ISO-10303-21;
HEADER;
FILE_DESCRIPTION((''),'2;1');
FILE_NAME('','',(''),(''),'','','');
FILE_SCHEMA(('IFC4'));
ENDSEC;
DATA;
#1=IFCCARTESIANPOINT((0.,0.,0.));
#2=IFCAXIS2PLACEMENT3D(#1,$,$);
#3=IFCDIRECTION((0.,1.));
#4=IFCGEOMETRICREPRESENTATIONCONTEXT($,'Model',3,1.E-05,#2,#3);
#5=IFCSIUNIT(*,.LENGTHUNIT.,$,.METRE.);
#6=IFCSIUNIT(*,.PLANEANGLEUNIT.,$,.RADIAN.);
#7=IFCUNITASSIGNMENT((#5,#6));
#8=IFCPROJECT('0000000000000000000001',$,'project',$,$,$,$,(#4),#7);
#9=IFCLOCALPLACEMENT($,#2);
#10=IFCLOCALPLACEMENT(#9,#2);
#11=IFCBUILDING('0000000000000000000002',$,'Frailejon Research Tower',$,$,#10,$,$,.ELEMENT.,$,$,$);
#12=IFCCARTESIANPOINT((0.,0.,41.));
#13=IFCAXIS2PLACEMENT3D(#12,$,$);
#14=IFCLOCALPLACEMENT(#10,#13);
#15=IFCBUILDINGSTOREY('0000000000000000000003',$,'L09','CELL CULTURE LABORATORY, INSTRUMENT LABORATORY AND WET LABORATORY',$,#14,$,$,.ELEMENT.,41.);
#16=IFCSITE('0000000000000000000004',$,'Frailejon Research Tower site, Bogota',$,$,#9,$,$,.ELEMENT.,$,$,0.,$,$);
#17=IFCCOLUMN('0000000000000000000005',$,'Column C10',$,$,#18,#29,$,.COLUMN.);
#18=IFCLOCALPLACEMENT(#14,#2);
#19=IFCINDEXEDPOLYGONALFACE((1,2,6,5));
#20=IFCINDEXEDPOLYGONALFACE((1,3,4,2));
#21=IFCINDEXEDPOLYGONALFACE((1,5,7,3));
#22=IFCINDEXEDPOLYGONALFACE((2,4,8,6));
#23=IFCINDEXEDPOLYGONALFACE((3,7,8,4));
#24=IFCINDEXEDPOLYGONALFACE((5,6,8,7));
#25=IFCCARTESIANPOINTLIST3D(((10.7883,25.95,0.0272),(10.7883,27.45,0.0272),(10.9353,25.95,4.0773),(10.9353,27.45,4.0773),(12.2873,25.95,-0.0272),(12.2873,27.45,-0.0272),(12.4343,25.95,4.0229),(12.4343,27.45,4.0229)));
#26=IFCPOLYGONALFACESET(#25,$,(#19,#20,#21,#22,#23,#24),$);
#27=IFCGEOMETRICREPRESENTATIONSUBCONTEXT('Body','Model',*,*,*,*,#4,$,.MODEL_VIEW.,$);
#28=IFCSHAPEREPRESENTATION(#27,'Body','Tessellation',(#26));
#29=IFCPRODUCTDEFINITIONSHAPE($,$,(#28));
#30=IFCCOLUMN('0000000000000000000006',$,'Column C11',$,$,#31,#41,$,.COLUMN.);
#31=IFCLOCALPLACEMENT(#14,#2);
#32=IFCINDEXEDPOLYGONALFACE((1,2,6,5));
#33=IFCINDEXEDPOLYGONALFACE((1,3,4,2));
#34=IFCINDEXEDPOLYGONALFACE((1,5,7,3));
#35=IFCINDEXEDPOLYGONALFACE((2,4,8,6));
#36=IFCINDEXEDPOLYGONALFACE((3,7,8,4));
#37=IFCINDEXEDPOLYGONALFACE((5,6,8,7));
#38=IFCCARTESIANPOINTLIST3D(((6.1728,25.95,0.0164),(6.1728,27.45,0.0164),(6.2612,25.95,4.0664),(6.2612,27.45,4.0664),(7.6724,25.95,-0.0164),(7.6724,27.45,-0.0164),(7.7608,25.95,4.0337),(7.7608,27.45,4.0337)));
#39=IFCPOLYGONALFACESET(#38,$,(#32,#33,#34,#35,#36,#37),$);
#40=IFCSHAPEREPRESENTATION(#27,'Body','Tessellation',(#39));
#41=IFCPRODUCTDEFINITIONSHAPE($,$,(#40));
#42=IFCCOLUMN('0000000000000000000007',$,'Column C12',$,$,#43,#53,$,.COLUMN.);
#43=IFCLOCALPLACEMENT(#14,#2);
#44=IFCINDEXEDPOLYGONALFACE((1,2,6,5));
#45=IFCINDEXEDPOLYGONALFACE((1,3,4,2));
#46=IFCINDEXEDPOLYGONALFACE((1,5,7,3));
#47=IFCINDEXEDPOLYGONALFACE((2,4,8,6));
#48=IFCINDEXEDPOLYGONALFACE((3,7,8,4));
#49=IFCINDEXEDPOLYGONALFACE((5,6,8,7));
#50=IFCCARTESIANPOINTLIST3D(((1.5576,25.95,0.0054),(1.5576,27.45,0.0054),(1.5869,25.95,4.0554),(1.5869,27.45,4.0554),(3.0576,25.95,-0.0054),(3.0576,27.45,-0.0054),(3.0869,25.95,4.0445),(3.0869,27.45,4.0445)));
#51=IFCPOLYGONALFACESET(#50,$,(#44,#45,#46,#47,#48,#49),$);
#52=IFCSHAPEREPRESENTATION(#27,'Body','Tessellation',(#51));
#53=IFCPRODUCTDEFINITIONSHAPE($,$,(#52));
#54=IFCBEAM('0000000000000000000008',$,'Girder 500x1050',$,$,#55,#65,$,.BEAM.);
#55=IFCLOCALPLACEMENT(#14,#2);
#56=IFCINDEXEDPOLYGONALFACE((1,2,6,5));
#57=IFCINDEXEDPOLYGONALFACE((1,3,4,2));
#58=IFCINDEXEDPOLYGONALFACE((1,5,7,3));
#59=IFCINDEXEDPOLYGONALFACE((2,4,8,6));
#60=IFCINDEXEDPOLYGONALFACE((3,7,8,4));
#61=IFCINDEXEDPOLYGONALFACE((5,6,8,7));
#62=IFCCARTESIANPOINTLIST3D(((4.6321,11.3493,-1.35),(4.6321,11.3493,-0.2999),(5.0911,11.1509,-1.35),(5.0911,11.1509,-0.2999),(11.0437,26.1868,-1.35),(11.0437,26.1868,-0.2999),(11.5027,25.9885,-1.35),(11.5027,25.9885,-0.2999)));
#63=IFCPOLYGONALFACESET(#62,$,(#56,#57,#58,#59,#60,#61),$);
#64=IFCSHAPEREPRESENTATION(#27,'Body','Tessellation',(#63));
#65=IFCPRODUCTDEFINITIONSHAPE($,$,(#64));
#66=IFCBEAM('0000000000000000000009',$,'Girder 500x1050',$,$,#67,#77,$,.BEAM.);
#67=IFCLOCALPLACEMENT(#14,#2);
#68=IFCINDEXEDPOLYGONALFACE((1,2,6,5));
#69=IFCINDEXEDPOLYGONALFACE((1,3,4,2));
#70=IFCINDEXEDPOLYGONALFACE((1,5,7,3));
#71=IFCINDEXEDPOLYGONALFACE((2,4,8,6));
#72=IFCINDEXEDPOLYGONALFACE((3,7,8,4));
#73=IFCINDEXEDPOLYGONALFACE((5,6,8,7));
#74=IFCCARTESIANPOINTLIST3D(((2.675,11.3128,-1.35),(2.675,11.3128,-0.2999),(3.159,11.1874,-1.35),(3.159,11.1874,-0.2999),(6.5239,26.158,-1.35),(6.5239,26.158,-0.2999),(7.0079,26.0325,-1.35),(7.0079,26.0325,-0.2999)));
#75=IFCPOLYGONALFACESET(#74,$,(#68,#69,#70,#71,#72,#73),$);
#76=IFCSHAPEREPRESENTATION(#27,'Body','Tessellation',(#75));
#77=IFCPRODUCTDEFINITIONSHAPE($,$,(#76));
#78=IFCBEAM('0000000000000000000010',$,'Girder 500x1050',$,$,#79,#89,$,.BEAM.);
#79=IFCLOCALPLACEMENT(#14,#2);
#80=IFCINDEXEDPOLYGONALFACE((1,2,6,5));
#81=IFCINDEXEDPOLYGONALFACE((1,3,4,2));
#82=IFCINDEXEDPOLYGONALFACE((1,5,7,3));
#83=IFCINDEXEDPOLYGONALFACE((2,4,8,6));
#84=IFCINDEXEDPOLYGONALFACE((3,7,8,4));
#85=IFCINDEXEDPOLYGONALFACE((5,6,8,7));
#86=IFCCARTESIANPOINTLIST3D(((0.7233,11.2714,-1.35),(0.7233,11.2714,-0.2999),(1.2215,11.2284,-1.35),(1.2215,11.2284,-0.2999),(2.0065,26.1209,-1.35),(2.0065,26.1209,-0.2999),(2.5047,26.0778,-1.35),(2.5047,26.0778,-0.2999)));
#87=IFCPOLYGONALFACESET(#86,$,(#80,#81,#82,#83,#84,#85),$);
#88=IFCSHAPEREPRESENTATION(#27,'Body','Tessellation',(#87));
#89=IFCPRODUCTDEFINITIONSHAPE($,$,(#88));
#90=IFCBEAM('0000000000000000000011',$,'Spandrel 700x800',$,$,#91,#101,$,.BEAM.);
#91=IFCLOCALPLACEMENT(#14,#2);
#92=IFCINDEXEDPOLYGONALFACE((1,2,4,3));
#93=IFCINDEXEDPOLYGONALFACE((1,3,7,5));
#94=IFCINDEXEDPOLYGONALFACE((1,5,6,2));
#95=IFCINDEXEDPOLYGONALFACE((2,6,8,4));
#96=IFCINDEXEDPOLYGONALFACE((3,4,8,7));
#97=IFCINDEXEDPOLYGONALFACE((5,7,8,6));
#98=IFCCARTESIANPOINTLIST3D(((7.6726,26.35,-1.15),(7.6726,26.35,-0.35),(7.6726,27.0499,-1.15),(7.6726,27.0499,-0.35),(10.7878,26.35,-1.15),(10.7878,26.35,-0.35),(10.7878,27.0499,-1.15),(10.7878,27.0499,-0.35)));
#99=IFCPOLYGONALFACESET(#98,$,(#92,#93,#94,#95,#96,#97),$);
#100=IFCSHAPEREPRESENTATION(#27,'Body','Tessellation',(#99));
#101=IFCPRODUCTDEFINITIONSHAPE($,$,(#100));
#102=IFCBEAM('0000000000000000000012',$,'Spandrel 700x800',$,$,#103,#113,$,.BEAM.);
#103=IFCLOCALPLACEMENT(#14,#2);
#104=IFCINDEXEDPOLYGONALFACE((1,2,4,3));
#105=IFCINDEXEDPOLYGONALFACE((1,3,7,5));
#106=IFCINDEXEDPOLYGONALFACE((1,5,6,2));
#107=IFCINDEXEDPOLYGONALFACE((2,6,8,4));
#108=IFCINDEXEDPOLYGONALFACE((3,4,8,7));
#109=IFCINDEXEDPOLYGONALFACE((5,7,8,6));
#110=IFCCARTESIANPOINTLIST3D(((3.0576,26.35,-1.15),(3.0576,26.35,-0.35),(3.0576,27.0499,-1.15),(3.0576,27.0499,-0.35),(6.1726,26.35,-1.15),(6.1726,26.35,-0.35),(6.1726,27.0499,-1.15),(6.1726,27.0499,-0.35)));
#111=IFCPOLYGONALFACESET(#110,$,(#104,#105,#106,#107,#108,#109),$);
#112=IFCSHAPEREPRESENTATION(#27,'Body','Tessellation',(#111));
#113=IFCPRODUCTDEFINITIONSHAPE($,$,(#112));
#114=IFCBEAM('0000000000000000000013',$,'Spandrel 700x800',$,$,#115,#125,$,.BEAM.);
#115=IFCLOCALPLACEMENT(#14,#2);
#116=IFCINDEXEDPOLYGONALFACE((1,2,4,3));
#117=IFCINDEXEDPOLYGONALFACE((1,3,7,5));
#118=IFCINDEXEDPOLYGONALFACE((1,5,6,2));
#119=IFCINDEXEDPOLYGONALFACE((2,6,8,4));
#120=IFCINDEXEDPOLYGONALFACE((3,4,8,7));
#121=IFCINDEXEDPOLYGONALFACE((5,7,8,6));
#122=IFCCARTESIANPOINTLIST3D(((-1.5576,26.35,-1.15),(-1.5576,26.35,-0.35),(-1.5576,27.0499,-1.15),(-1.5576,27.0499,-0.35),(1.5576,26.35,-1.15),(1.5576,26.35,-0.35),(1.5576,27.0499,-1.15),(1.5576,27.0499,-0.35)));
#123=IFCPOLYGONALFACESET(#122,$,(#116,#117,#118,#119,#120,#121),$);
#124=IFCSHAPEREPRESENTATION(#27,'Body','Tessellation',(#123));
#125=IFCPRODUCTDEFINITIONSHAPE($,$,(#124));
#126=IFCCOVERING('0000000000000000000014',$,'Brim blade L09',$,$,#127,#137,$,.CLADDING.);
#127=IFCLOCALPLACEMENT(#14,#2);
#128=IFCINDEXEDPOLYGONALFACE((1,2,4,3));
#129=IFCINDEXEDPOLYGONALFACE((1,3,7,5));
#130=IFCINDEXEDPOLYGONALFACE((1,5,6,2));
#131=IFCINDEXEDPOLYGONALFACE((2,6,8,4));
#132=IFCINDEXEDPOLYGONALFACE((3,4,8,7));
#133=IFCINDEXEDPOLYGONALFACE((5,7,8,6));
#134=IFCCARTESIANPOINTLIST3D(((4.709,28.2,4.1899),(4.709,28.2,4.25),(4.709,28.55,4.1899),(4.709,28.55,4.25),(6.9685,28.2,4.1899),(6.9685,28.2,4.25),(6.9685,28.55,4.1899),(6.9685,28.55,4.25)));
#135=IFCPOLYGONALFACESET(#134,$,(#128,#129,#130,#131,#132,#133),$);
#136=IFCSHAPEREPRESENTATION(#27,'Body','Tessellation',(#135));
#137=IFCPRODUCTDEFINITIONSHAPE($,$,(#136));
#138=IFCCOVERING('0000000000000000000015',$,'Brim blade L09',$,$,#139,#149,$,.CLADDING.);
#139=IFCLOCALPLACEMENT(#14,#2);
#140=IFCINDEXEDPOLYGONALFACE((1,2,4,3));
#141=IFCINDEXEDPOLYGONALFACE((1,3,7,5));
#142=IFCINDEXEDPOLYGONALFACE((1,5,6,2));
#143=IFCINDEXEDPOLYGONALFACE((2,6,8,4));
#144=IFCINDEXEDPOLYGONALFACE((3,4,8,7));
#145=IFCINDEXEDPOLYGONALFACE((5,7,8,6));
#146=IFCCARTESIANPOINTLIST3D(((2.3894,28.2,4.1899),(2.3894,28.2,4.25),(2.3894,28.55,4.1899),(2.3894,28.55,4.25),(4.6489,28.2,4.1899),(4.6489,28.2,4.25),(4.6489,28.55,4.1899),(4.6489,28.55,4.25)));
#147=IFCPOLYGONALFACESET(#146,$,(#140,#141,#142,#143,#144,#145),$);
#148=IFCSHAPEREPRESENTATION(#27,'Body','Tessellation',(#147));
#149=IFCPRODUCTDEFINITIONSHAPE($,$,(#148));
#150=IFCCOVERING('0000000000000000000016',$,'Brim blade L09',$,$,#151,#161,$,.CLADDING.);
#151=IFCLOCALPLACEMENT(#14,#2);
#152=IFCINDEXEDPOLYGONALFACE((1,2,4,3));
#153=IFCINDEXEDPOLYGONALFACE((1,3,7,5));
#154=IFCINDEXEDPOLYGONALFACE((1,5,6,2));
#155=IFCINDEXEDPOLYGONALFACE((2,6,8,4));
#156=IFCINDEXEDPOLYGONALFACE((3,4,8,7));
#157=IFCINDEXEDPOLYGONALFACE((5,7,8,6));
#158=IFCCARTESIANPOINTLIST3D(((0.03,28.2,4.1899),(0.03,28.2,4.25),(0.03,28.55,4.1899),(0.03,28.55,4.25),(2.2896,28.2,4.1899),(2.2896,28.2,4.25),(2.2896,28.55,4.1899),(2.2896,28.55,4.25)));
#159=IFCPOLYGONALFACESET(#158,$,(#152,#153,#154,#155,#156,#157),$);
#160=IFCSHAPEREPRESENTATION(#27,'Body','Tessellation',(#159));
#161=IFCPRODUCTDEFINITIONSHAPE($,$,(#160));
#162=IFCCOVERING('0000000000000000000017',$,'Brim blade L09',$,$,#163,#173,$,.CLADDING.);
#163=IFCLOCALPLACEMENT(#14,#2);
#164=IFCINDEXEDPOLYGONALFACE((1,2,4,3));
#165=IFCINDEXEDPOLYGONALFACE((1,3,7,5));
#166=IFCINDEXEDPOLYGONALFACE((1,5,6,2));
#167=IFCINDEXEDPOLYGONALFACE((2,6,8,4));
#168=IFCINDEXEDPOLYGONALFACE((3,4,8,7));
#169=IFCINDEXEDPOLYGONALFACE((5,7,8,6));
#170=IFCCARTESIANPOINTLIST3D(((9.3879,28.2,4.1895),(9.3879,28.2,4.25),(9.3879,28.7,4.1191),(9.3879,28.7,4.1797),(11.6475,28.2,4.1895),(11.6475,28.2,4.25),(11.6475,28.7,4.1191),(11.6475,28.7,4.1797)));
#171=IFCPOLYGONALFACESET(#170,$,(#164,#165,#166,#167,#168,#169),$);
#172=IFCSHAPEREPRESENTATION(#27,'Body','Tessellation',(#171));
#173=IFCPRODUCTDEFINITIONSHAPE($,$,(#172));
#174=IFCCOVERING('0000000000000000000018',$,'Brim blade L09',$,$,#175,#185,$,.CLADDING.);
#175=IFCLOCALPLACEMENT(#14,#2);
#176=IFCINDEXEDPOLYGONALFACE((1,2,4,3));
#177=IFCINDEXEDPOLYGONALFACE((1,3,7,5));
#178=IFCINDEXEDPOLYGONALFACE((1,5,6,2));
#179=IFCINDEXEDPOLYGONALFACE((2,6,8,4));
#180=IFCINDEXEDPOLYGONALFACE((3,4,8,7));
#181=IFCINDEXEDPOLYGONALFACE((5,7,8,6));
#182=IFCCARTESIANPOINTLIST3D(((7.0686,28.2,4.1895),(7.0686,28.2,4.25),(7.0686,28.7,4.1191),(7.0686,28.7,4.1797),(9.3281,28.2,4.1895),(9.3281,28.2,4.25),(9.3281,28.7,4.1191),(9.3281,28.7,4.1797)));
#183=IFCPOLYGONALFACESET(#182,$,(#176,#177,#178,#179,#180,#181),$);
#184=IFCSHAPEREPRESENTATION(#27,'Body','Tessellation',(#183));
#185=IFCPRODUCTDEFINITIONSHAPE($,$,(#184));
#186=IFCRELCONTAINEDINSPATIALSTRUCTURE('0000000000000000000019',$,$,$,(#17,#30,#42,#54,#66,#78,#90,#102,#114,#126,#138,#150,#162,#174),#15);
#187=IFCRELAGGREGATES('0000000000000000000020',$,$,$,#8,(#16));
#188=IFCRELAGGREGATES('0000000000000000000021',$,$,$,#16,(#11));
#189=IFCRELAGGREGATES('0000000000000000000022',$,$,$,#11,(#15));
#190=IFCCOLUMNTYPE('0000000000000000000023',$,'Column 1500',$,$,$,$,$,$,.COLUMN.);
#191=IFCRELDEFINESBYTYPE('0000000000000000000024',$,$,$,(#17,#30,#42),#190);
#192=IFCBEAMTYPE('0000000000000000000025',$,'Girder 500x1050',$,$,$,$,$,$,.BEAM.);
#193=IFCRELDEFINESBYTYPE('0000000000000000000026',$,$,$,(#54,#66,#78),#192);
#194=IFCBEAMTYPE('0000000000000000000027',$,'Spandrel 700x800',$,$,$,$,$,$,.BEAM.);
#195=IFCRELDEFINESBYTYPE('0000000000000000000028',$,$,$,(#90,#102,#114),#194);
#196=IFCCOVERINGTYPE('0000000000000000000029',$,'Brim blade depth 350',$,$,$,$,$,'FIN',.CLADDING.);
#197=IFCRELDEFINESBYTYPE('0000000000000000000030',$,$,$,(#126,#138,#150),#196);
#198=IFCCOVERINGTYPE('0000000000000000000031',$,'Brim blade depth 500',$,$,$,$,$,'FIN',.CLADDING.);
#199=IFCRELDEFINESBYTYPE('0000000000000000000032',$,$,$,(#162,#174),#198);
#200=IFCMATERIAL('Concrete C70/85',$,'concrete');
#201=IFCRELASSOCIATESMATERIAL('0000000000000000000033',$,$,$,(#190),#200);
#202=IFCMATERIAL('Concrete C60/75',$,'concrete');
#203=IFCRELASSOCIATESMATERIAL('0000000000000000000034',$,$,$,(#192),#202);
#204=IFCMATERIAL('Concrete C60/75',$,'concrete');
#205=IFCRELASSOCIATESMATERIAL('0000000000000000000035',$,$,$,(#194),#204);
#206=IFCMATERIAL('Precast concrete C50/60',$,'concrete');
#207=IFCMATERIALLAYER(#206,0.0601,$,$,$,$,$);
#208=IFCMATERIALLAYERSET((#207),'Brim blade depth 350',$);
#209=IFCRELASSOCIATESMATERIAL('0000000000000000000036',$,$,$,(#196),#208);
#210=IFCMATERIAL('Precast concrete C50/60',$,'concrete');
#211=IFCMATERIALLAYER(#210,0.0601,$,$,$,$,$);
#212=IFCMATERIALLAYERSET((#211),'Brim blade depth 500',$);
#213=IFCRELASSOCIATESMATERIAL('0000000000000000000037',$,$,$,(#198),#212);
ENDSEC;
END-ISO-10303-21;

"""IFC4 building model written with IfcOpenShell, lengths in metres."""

from ifc_helpers import new_model, si_unit, direction, frame, origin, origin_2d, place, context, subcontext, project, spatial, polyline, rectangle, outline, extrude, material, layer, layer_set, material_profile, profile_set, type_object, element, save


model = new_model("IFC4")

# Units and contexts
model_context = context("Model", 3, precision=1e-05, world=origin(), true_north=direction((0.0, 1.0)))
body_context = subcontext(model_context, "Body", "Model", "MODEL_VIEW")
ifc_project = project(units=[si_unit("LENGTHUNIT", "METRE"), si_unit("PLANEANGLEUNIT", "RADIAN")], contexts=[model_context])

# Site, building, storey
site_placement = place(None, origin())
site = spatial("IfcSite", under=ifc_project, at=site_placement, Name="Frailejon Research Tower site, Bogota", CompositionType="ELEMENT", RefElevation=0.0)
building_placement = place(site_placement, origin())
building = spatial("IfcBuilding", under=site, at=building_placement, Name="Frailejon Research Tower", CompositionType="ELEMENT")
storey_placement = place(building_placement, frame((0.0, 0.0, 41.0)))
storey = spatial("IfcBuildingStorey", under=building, at=storey_placement, Name="L09", Description="CELL CULTURE LABORATORY, INSTRUMENT LABORATORY AND WET LABORATORY", CompositionType="ELEMENT", Elevation=41.0)

# Columns
ifc_material_1 = material(Name="Concrete C70/85", Category="concrete")
ifc_material_profile_1 = material_profile(ifc_material_1, rectangle(XDim=1.5, YDim=1.5, at=origin_2d()), Name="Column 1500")
ifc_profile_set_1 = profile_set([ifc_material_profile_1], Name="Concrete C70/85")
column_type = type_object("IfcColumnType", Name="Column 1500", PredefinedType="COLUMN", material=ifc_profile_set_1)
column_1_placement = place(storey_placement, frame((11.5378, 26.7, 0.0), z_axis=(0.036265, 0.0, 0.999342), x_axis=(-0.999342, 0.0, 0.036265)))
element("IfcColumn", 1, at=column_1_placement, inside=storey, type_object=column_type, Name="Column C10", PredefinedType="COLUMN", context=body_context, shape_type="SweptSolid", body=[
    extrude(rectangle(XDim=1.5, YDim=1.5, at=origin_2d()), origin(), (0.0, 0.0, 1.0), 4.0527),
])
column_2_placement = place(storey_placement, frame((6.9226, 26.7, 0.0), z_axis=(0.021816, 0.0, 0.999762), x_axis=(-0.999762, 0.0, 0.021816)))
element("IfcColumn", 2, at=column_2_placement, inside=storey, type_object=column_type, Name="Column C11", PredefinedType="COLUMN", context=body_context, shape_type="SweptSolid", body=[
    extrude(rectangle(XDim=1.5, YDim=1.5, at=origin_2d()), origin(), (0.0, 0.0, 1.0), 4.051),
])
column_3_placement = place(storey_placement, frame((2.3076, 26.7, 0.0), z_axis=(0.007234, 0.0, 0.999974), x_axis=(-0.999974, 0.0, 0.007234)))
element("IfcColumn", 3, at=column_3_placement, inside=storey, type_object=column_type, Name="Column C12", PredefinedType="COLUMN", context=body_context, shape_type="SweptSolid", body=[
    extrude(rectangle(XDim=1.5, YDim=1.5, at=origin_2d()), origin(), (0.0, 0.0, 1.0), 4.05),
])

# Beams
ifc_material_2 = material(Name="Concrete C60/75", Category="concrete")
ifc_material_profile_2 = material_profile(ifc_material_2, rectangle(XDim=0.5, YDim=1.05, at=origin_2d()), Name="Girder 500x1050")
ifc_profile_set_2 = profile_set([ifc_material_profile_2], Name="Concrete C60/75")
beam_type_1 = type_object("IfcBeamType", Name="Girder 500x1050", PredefinedType="BEAM", material=ifc_profile_set_2)
beam_1_placement = place(storey_placement, frame((11.2732, 26.0876, -0.825), z_axis=(-0.396668, -0.917962, 0.0), x_axis=(0.917962, -0.396668, 0.0)))
element("IfcBeam", 4, at=beam_1_placement, inside=storey, type_object=beam_type_1, Name="Girder 500x1050", PredefinedType="BEAM", context=body_context, shape_type="SweptSolid", body=[
    extrude(rectangle(XDim=0.5, YDim=1.05, at=origin_2d()), origin(), (0.0, 0.0, 1.0), 16.1636),
])
beam_2_placement = place(storey_placement, frame((6.7659, 26.0952, -0.825), z_axis=(-0.250969, -0.967995, 0.0), x_axis=(0.967995, -0.250969, 0.0)))
element("IfcBeam", 5, at=beam_2_placement, inside=storey, type_object=beam_type_1, Name="Girder 500x1050", PredefinedType="BEAM", context=body_context, shape_type="SweptSolid", body=[
    extrude(rectangle(XDim=0.5, YDim=1.05, at=origin_2d()), origin(), (0.0, 0.0, 1.0), 15.3359),
])
beam_3_placement = place(storey_placement, frame((2.2556, 26.0994, -0.825), z_axis=(-0.086094, -0.996287, 0.0), x_axis=(0.996287, -0.086094, 0.0)))
element("IfcBeam", 6, at=beam_3_placement, inside=storey, type_object=beam_type_1, Name="Girder 500x1050", PredefinedType="BEAM", context=body_context, shape_type="SweptSolid", body=[
    extrude(rectangle(XDim=0.5, YDim=1.05, at=origin_2d()), origin(), (0.0, 0.0, 1.0), 14.9048),
])
ifc_material_3 = material(Name="Concrete C60/75", Category="concrete")
ifc_material_profile_3 = material_profile(ifc_material_3, rectangle(XDim=0.7, YDim=0.8, at=origin_2d()), Name="Spandrel 700x800")
ifc_profile_set_3 = profile_set([ifc_material_profile_3], Name="Concrete C60/75")
beam_type_2 = type_object("IfcBeamType", Name="Spandrel 700x800", PredefinedType="BEAM", material=ifc_profile_set_3)
beam_4_placement = place(storey_placement, frame((10.7878, 26.7, -0.75), z_axis=(-1.0, 0.0, 0.0), x_axis=(0.0, -1.0, 0.0)))
element("IfcBeam", 7, at=beam_4_placement, inside=storey, type_object=beam_type_2, Name="Spandrel 700x800", PredefinedType="BEAM", context=body_context, shape_type="SweptSolid", body=[
    extrude(rectangle(XDim=0.7, YDim=0.8, at=origin_2d()), origin(), (0.0, 0.0, 1.0), 3.1152),
])
beam_5_placement = place(storey_placement, frame((6.1726, 26.7, -0.75), z_axis=(-1.0, 0.0, 0.0), x_axis=(0.0, -1.0, 0.0)))
element("IfcBeam", 8, at=beam_5_placement, inside=storey, type_object=beam_type_2, Name="Spandrel 700x800", PredefinedType="BEAM", context=body_context, shape_type="SweptSolid", body=[
    extrude(rectangle(XDim=0.7, YDim=0.8, at=origin_2d()), origin(), (0.0, 0.0, 1.0), 3.115),
])
beam_6_placement = place(storey_placement, frame((1.5576, 26.7, -0.75), z_axis=(-1.0, 0.0, 0.0), x_axis=(0.0, -1.0, 0.0)))
element("IfcBeam", 9, at=beam_6_placement, inside=storey, type_object=beam_type_2, Name="Spandrel 700x800", PredefinedType="BEAM", context=body_context, shape_type="SweptSolid", body=[
    extrude(rectangle(XDim=0.7, YDim=0.8, at=origin_2d()), origin(), (0.0, 0.0, 1.0), 3.1152),
])

# Coverings
ifc_material_4 = material(Name="Precast concrete C50/60", Category="concrete")
ifc_layer_1 = layer(ifc_material_4, 0.0601)
ifc_layer_set_1 = layer_set([ifc_layer_1], Name="Brim blade depth 350")
covering_type_1 = type_object("IfcCoveringType", Name="Brim blade depth 350", ElementType="FIN", PredefinedType="CLADDING", material=ifc_layer_set_1)
for number, where, z_axis, x_axis, name in (
    (10, (4.709, 28.2, 4.25), (1.0, 0.0, 0.0), (0.0, 1.0, 0.0), "Brim blade L09"),
    (11, (2.3894, 28.2, 4.25), (1.0, 0.0, 0.0), (0.0, 1.0, 0.0), "Brim blade L09"),
    (12, (0.03, 28.2, 4.25), (1.0, 0.0, 0.0), (0.0, 1.0, 0.0), "Brim blade L09"),
):
    element("IfcCovering", number, at=place(storey_placement, frame(where, z_axis=z_axis, x_axis=x_axis)), inside=storey, type_object=covering_type_1, Name=name, PredefinedType="CLADDING", context=body_context, shape_type="SweptSolid", body=[
        extrude(outline(polyline([(0.0, -0.0601), (0.3501, -0.0601), (0.3501, 0.0), (0.0, 0.0), (0.0, -0.0601)])), origin(), (0.0, 0.0, 1.0), 2.2595),
    ])
ifc_material_5 = material(Name="Precast concrete C50/60", Category="concrete")
ifc_layer_2 = layer(ifc_material_5, 0.0601)
ifc_layer_set_2 = layer_set([ifc_layer_2], Name="Brim blade depth 500")
covering_type_2 = type_object("IfcCoveringType", Name="Brim blade depth 500", ElementType="FIN", PredefinedType="CLADDING", material=ifc_layer_set_2)
for number, where, z_axis, x_axis, name in (
    (13, (9.3879, 28.2, 4.25), (1.0, 0.0, 0.0), (0.0, 1.0, 0.0), "Brim blade L09"),
    (14, (7.0686, 28.2, 4.25), (1.0, 0.0, 0.0), (0.0, 1.0, 0.0), "Brim blade L09"),
):
    element("IfcCovering", number, at=place(storey_placement, frame(where, z_axis=z_axis, x_axis=x_axis)), inside=storey, type_object=covering_type_2, Name=name, PredefinedType="CLADDING", context=body_context, shape_type="SweptSolid", body=[
        extrude(outline(polyline([(0.0, -0.0605), (0.5, -0.1309), (0.5, -0.0703), (0.0, 0.0), (0.0, -0.0605)])), origin(), (0.0, 0.0, 1.0), 2.2595),
    ])

save(model, "model.ifc")
